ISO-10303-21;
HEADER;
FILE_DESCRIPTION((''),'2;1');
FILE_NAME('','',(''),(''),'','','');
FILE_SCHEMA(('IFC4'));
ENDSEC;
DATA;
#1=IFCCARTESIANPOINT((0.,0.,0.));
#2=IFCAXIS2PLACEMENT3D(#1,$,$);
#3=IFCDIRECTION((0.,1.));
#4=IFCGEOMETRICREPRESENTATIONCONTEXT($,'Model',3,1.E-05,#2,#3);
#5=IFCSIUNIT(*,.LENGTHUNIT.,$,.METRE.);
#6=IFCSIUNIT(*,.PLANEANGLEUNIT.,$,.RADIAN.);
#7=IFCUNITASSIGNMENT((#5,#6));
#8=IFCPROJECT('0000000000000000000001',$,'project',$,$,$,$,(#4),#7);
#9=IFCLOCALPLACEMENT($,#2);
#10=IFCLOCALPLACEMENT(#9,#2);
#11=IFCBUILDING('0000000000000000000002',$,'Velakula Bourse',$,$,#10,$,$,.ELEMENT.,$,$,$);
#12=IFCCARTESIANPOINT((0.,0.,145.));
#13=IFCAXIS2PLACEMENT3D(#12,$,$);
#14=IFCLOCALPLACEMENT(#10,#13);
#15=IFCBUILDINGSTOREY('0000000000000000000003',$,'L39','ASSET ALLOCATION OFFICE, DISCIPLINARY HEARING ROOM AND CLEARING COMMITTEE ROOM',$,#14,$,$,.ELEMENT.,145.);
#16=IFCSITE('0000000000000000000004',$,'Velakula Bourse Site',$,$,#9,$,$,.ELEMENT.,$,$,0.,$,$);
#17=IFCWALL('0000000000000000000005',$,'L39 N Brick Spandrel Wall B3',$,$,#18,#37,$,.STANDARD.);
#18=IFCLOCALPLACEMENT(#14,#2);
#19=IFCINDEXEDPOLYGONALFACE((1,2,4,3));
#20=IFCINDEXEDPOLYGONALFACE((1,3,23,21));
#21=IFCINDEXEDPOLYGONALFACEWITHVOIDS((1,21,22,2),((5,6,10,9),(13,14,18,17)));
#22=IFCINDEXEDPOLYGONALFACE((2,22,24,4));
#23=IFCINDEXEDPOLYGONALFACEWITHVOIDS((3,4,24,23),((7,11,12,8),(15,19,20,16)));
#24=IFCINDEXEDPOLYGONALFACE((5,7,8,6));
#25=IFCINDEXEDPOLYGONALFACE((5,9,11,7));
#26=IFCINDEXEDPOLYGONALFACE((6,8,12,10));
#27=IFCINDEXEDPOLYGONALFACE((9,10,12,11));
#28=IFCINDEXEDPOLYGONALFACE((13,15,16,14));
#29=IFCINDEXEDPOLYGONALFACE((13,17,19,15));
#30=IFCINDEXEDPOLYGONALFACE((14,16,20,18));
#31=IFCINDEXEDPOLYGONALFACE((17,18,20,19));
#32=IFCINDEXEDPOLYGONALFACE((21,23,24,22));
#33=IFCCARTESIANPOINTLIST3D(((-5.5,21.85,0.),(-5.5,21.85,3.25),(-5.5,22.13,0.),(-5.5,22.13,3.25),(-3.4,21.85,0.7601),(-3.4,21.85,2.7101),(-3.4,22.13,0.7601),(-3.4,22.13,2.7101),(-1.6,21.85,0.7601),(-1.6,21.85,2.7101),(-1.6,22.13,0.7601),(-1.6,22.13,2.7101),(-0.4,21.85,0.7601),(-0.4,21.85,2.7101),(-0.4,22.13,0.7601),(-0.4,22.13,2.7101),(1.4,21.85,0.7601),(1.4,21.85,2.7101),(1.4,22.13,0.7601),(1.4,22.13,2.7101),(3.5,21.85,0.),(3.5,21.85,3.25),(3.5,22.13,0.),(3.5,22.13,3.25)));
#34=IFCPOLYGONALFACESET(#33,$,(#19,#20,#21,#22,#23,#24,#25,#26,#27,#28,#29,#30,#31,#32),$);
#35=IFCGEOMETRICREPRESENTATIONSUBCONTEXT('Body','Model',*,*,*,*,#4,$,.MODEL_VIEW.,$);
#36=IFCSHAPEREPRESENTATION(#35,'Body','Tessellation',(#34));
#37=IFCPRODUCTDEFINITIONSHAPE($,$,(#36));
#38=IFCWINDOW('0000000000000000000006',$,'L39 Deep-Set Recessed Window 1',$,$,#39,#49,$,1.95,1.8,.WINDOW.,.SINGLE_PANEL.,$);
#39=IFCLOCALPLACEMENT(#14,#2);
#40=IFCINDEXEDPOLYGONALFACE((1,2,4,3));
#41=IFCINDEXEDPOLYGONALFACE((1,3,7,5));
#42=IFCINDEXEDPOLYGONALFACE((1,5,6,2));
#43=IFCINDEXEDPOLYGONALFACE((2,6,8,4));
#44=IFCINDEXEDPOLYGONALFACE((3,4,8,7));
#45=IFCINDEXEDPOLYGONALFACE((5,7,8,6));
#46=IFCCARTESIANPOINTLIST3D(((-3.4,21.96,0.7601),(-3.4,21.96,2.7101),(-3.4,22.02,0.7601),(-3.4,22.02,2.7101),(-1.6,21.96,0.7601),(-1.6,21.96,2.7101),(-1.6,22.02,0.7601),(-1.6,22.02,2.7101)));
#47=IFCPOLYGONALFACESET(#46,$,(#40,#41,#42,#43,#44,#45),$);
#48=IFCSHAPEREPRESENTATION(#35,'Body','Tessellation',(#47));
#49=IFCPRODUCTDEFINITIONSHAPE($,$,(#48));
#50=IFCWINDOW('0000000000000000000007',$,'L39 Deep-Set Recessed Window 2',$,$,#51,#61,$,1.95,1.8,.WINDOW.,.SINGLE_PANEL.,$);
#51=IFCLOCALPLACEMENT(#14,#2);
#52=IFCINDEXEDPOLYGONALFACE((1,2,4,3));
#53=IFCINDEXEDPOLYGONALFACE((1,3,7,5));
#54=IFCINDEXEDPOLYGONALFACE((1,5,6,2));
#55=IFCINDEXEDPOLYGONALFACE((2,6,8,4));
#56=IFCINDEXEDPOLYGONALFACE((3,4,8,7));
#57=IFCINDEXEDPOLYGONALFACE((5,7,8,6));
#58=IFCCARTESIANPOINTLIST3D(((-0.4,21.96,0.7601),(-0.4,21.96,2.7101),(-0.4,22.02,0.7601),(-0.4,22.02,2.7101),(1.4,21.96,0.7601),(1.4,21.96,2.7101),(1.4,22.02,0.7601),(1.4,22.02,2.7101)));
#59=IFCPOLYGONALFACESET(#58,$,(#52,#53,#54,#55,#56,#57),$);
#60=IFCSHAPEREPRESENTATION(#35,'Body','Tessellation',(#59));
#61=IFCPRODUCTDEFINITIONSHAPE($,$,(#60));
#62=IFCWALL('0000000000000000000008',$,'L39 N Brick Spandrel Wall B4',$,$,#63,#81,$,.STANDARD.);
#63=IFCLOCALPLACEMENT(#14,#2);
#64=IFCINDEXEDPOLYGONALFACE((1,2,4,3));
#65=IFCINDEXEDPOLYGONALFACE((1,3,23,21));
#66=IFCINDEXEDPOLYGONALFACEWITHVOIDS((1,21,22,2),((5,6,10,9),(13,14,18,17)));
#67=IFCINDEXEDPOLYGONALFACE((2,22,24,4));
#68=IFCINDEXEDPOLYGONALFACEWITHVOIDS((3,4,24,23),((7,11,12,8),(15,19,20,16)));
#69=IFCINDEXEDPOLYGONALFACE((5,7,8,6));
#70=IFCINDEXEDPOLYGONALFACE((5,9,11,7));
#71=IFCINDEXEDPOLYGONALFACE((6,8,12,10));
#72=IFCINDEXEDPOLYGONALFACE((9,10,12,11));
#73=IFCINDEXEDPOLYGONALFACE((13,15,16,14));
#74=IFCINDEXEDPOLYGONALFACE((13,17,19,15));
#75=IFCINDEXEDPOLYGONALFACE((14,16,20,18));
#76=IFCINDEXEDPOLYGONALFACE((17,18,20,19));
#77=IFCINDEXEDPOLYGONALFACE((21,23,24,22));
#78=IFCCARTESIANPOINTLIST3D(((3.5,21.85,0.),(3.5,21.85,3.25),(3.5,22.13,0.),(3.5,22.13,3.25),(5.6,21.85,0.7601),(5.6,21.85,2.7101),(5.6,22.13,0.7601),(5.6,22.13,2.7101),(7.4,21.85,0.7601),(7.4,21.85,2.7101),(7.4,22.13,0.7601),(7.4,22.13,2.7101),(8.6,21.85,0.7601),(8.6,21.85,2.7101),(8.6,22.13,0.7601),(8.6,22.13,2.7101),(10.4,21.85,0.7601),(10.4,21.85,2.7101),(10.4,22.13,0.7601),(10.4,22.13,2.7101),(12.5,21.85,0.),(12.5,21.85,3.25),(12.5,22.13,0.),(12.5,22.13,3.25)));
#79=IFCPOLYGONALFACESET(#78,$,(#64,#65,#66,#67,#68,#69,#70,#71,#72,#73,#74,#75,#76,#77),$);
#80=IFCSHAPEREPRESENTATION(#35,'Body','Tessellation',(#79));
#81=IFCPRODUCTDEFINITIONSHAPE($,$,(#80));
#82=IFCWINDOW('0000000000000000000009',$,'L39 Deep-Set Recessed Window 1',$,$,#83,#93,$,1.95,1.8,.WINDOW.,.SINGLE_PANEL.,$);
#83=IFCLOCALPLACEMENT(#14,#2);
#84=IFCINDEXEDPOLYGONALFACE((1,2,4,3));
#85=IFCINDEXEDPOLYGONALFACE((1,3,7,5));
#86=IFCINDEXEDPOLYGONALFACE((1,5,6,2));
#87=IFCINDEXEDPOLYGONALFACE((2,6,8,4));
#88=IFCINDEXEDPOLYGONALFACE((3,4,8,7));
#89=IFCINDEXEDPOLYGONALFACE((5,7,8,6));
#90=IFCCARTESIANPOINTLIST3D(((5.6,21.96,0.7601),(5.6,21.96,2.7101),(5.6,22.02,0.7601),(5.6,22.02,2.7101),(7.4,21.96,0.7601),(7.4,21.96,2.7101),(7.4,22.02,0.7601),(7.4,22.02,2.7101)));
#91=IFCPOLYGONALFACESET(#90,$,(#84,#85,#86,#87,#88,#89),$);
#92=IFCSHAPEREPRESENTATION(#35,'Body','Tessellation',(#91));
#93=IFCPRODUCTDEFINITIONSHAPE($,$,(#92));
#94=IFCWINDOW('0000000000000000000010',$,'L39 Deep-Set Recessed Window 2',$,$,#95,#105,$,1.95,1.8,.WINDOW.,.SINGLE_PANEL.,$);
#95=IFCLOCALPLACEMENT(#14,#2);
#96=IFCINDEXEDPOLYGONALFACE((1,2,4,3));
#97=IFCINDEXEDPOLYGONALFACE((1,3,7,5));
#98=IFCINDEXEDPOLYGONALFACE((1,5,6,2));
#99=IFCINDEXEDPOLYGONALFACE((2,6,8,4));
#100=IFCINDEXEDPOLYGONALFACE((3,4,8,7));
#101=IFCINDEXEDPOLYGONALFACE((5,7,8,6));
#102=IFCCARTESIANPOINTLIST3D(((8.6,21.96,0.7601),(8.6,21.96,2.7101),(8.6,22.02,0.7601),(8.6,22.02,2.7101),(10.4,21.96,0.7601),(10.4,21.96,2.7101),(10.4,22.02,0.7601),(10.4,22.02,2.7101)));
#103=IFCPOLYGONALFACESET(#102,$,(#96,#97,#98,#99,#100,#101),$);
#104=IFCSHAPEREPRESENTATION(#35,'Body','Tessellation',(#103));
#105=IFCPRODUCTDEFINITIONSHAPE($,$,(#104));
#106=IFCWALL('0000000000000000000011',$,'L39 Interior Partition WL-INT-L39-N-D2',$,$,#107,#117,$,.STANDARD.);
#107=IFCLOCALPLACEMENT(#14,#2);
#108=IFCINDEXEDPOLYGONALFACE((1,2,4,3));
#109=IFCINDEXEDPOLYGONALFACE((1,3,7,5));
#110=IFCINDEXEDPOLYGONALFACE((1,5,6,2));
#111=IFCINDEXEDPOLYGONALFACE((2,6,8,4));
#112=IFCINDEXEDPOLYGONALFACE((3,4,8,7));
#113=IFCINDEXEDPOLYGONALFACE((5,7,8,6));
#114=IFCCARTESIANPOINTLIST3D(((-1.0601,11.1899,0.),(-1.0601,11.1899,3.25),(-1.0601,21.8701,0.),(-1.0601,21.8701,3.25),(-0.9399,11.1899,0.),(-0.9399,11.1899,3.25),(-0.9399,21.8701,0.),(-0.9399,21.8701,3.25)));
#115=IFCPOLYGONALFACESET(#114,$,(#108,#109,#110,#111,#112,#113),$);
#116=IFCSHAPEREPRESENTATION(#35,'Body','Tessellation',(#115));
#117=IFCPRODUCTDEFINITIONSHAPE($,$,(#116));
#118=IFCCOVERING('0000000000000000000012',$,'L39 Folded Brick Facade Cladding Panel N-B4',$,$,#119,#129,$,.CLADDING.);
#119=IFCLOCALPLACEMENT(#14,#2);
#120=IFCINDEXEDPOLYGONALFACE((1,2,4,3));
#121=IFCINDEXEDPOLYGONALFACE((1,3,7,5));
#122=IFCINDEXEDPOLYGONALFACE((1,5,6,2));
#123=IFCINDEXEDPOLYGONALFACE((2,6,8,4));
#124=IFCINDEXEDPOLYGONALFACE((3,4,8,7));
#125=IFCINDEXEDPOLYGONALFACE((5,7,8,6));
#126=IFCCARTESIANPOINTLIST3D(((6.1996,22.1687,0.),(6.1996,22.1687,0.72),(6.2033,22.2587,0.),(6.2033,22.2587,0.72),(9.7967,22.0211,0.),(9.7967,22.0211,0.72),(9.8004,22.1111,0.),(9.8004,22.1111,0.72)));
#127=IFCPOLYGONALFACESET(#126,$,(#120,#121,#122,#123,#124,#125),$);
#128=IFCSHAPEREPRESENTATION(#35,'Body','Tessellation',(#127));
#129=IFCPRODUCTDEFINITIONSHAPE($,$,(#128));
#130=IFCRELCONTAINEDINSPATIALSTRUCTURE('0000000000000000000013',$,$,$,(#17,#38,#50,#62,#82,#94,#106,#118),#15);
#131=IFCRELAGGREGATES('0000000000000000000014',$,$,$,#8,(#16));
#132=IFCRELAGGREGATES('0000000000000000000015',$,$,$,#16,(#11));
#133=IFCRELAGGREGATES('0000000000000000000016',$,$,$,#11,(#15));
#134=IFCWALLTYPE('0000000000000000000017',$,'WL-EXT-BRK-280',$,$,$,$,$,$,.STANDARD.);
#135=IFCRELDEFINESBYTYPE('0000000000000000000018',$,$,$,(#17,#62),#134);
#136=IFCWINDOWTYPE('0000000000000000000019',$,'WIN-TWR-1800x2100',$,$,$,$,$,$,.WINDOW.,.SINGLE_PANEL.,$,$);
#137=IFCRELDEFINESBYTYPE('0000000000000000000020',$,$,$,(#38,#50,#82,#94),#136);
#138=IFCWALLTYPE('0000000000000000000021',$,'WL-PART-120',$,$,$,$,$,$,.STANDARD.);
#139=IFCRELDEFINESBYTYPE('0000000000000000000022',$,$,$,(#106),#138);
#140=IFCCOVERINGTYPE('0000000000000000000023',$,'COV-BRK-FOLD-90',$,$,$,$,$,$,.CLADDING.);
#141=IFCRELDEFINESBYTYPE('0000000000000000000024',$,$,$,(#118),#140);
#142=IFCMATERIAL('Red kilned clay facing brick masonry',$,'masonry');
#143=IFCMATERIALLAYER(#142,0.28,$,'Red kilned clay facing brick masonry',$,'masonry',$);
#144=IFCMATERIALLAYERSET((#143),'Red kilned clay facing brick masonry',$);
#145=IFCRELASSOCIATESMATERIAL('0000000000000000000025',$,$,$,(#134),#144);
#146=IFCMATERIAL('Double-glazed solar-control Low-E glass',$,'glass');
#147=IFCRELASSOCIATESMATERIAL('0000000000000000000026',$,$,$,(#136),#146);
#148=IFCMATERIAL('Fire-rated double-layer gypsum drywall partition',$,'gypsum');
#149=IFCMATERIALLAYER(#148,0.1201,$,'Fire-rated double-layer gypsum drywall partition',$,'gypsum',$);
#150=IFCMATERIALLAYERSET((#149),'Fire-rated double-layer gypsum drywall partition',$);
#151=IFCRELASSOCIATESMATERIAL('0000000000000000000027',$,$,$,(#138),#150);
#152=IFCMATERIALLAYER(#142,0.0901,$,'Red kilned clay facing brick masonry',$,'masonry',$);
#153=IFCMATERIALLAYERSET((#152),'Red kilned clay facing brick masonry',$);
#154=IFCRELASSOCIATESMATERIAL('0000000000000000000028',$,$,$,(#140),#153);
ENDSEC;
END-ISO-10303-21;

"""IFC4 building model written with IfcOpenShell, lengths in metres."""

from ifc_helpers import new_model, si_unit, direction, frame, frame_2d, origin, origin_2d, place, context, subcontext, project, spatial, rectangle, extrude, material, layer, layer_set, type_object, element, fill, save


model = new_model("IFC4")

# Units and contexts
model_context = context("Model", 3, precision=1e-05, world=origin(), true_north=direction((0.0, 1.0)))
body_context = subcontext(model_context, "Body", "Model", "MODEL_VIEW")
ifc_project = project(units=[si_unit("LENGTHUNIT", "METRE"), si_unit("PLANEANGLEUNIT", "RADIAN")], contexts=[model_context])

# Site, building, storey
site_placement = place(None, origin())
site = spatial("IfcSite", under=ifc_project, at=site_placement, Name="Velakula Bourse Site", CompositionType="ELEMENT", RefElevation=0.0)
building_placement = place(site_placement, origin())
building = spatial("IfcBuilding", under=site, at=building_placement, Name="Velakula Bourse", CompositionType="ELEMENT")
storey_placement = place(building_placement, frame((0.0, 0.0, 145.0)))
storey = spatial("IfcBuildingStorey", under=building, at=storey_placement, Name="L39", Description="ASSET ALLOCATION OFFICE, DISCIPLINARY HEARING ROOM AND CLEARING COMMITTEE ROOM", CompositionType="ELEMENT", Elevation=145.0)

# Walls, openings, windows
ifc_material_1 = material(Name="Red kilned clay facing brick masonry", Category="masonry")
ifc_layer_1 = layer(ifc_material_1, 0.28, Name="Red kilned clay facing brick masonry", Category="masonry")
ifc_layer_set_1 = layer_set([ifc_layer_1], Name="Red kilned clay facing brick masonry")
wall_type_1 = type_object("IfcWallType", Name="WL-EXT-BRK-280", PredefinedType="STANDARD", material=ifc_layer_set_1)
wall_1_placement = place(storey_placement, frame((-5.5, 21.99, 0.0), z_axis=(0.0, 0.0, 1.0), x_axis=(1.0, 0.0, 0.0)))
wall_1 = element("IfcWall", 1, at=wall_1_placement, inside=storey, type_object=wall_type_1, Name="L39 N Brick Spandrel Wall B3", PredefinedType="STANDARD", context=body_context, shape_type="SweptSolid", body=[
    extrude(rectangle(XDim=9.0, YDim=0.28, at=frame_2d((4.5, 0.0))), origin(), (0.0, 0.0, 1.0), 3.25),
])
opening_1_placement = place(wall_1_placement, frame((2.1001, 0.0, 0.76)))
opening_1 = element("IfcOpeningElement", 2, at=opening_1_placement, cuts=wall_1, PredefinedType="OPENING", context=body_context, shape_type="SweptSolid", body=[
    extrude(rectangle(XDim=1.8, YDim=1.95, at=frame_2d((0.8999, 0.9751))), frame((0.0, 0.1499, 0.0), z_axis=(0.0, -1.0, 0.0), x_axis=(1.0, 0.0, 0.0)), (0.0, 0.0, 1.0), 0.3),
])
opening_2_placement = place(wall_1_placement, frame((5.1001, 0.0, 0.76)))
opening_2 = element("IfcOpeningElement", 3, at=opening_2_placement, cuts=wall_1, PredefinedType="OPENING", context=body_context, shape_type="SweptSolid", body=[
    extrude(rectangle(XDim=1.8, YDim=1.95, at=frame_2d((0.8999, 0.9751))), frame((0.0, 0.1499, 0.0), z_axis=(0.0, -1.0, 0.0), x_axis=(1.0, 0.0, 0.0)), (0.0, 0.0, 1.0), 0.3),
])
ifc_material_2 = material(Name="Double-glazed solar-control Low-E glass", Category="glass")
window_type = type_object("IfcWindowType", Name="WIN-TWR-1800x2100", PartitioningType="SINGLE_PANEL", PredefinedType="WINDOW", material=ifc_material_2)
window_1_placement = place(opening_1_placement, origin())
window_1 = element("IfcWindow", 4, at=window_1_placement, inside=storey, type_object=window_type, Name="L39 Deep-Set Recessed Window 1", OverallHeight=1.95, OverallWidth=1.8, PartitioningType="SINGLE_PANEL", PredefinedType="WINDOW", context=body_context, shape_type="SweptSolid", body=[
    extrude(rectangle(XDim=1.8, YDim=1.95, at=frame_2d((0.8999, 0.9751))), frame((0.0, 0.03, 0.0), z_axis=(0.0, -1.0, 0.0), x_axis=(1.0, 0.0, 0.0)), (0.0, 0.0, 1.0), 0.0601),
])
fill(opening_1, window_1)
window_2_placement = place(opening_2_placement, origin())
window_2 = element("IfcWindow", 5, at=window_2_placement, inside=storey, type_object=window_type, Name="L39 Deep-Set Recessed Window 2", OverallHeight=1.95, OverallWidth=1.8, PartitioningType="SINGLE_PANEL", PredefinedType="WINDOW", context=body_context, shape_type="SweptSolid", body=[
    extrude(rectangle(XDim=1.8, YDim=1.95, at=frame_2d((0.8999, 0.9751))), frame((0.0, 0.03, 0.0), z_axis=(0.0, -1.0, 0.0), x_axis=(1.0, 0.0, 0.0)), (0.0, 0.0, 1.0), 0.0601),
])
fill(opening_2, window_2)
wall_2_placement = place(storey_placement, frame((3.5, 21.99, 0.0), z_axis=(0.0, 0.0, 1.0), x_axis=(1.0, 0.0, 0.0)))
wall_2 = element("IfcWall", 6, at=wall_2_placement, inside=storey, type_object=wall_type_1, Name="L39 N Brick Spandrel Wall B4", PredefinedType="STANDARD", context=body_context, shape_type="SweptSolid", body=[
    extrude(rectangle(XDim=9.0, YDim=0.28, at=frame_2d((4.5, 0.0))), origin(), (0.0, 0.0, 1.0), 3.25),
])
opening_3_placement = place(wall_2_placement, frame((2.1001, 0.0, 0.76)))
opening_3 = element("IfcOpeningElement", 7, at=opening_3_placement, cuts=wall_2, PredefinedType="OPENING", context=body_context, shape_type="SweptSolid", body=[
    extrude(rectangle(XDim=1.8, YDim=1.95, at=frame_2d((0.8999, 0.9751))), frame((0.0, 0.1499, 0.0), z_axis=(0.0, -1.0, 0.0), x_axis=(1.0, 0.0, 0.0)), (0.0, 0.0, 1.0), 0.3),
])
opening_4_placement = place(wall_2_placement, frame((5.1001, 0.0, 0.76)))
opening_4 = element("IfcOpeningElement", 8, at=opening_4_placement, cuts=wall_2, PredefinedType="OPENING", context=body_context, shape_type="SweptSolid", body=[
    extrude(rectangle(XDim=1.8, YDim=1.95, at=frame_2d((0.8999, 0.9751))), frame((0.0, 0.1499, 0.0), z_axis=(0.0, -1.0, 0.0), x_axis=(1.0, 0.0, 0.0)), (0.0, 0.0, 1.0), 0.3),
])
window_3_placement = place(opening_3_placement, origin())
window_3 = element("IfcWindow", 9, at=window_3_placement, inside=storey, type_object=window_type, Name="L39 Deep-Set Recessed Window 1", OverallHeight=1.95, OverallWidth=1.8, PartitioningType="SINGLE_PANEL", PredefinedType="WINDOW", context=body_context, shape_type="SweptSolid", body=[
    extrude(rectangle(XDim=1.8, YDim=1.95, at=frame_2d((0.8999, 0.9751))), frame((0.0, 0.03, 0.0), z_axis=(0.0, -1.0, 0.0), x_axis=(1.0, 0.0, 0.0)), (0.0, 0.0, 1.0), 0.0601),
])
fill(opening_3, window_3)
window_4_placement = place(opening_4_placement, origin())
window_4 = element("IfcWindow", 10, at=window_4_placement, inside=storey, type_object=window_type, Name="L39 Deep-Set Recessed Window 2", OverallHeight=1.95, OverallWidth=1.8, PartitioningType="SINGLE_PANEL", PredefinedType="WINDOW", context=body_context, shape_type="SweptSolid", body=[
    extrude(rectangle(XDim=1.8, YDim=1.95, at=frame_2d((0.8999, 0.9751))), frame((0.0, 0.03, 0.0), z_axis=(0.0, -1.0, 0.0), x_axis=(1.0, 0.0, 0.0)), (0.0, 0.0, 1.0), 0.0601),
])
fill(opening_4, window_4)

# Wall
ifc_material_3 = material(Name="Fire-rated double-layer gypsum drywall partition", Category="gypsum")
ifc_layer_2 = layer(ifc_material_3, 0.1201, Name="Fire-rated double-layer gypsum drywall partition", Category="gypsum")
ifc_layer_set_2 = layer_set([ifc_layer_2], Name="Fire-rated double-layer gypsum drywall partition")
wall_type_2 = type_object("IfcWallType", Name="WL-PART-120", PredefinedType="STANDARD", material=ifc_layer_set_2)
wall_3_placement = place(storey_placement, frame((-1.0, 11.1899, 0.0), z_axis=(0.0, 0.0, 1.0), x_axis=(0.0, 1.0, 0.0)))
element("IfcWall", 11, at=wall_3_placement, inside=storey, type_object=wall_type_2, Name="L39 Interior Partition WL-INT-L39-N-D2", PredefinedType="STANDARD", context=body_context, shape_type="SweptSolid", body=[
    extrude(rectangle(XDim=10.6802, YDim=0.1201, at=frame_2d((5.3401, 0.0))), origin(), (0.0, 0.0, 1.0), 3.25),
])

# Covering
ifc_layer_3 = layer(ifc_material_1, 0.0901, Name="Red kilned clay facing brick masonry", Category="masonry")
ifc_layer_set_3 = layer_set([ifc_layer_3], Name="Red kilned clay facing brick masonry")
covering_type = type_object("IfcCoveringType", Name="COV-BRK-FOLD-90", PredefinedType="CLADDING", material=ifc_layer_set_3)
covering_placement = place(storey_placement, frame((8.0, 22.1399, 0.0), z_axis=(0.0, 0.0, 1.0), x_axis=(0.999159, -0.041004, 0.0)))
element("IfcCovering", 12, at=covering_placement, inside=storey, type_object=covering_type, Name="L39 Folded Brick Facade Cladding Panel N-B4", PredefinedType="CLADDING", context=body_context, shape_type="SweptSolid", body=[
    extrude(rectangle(XDim=3.6001, YDim=0.0901, at=origin_2d()), origin(), (0.0, 0.0, 1.0), 0.72),
])

save(model, "model.ifc")
